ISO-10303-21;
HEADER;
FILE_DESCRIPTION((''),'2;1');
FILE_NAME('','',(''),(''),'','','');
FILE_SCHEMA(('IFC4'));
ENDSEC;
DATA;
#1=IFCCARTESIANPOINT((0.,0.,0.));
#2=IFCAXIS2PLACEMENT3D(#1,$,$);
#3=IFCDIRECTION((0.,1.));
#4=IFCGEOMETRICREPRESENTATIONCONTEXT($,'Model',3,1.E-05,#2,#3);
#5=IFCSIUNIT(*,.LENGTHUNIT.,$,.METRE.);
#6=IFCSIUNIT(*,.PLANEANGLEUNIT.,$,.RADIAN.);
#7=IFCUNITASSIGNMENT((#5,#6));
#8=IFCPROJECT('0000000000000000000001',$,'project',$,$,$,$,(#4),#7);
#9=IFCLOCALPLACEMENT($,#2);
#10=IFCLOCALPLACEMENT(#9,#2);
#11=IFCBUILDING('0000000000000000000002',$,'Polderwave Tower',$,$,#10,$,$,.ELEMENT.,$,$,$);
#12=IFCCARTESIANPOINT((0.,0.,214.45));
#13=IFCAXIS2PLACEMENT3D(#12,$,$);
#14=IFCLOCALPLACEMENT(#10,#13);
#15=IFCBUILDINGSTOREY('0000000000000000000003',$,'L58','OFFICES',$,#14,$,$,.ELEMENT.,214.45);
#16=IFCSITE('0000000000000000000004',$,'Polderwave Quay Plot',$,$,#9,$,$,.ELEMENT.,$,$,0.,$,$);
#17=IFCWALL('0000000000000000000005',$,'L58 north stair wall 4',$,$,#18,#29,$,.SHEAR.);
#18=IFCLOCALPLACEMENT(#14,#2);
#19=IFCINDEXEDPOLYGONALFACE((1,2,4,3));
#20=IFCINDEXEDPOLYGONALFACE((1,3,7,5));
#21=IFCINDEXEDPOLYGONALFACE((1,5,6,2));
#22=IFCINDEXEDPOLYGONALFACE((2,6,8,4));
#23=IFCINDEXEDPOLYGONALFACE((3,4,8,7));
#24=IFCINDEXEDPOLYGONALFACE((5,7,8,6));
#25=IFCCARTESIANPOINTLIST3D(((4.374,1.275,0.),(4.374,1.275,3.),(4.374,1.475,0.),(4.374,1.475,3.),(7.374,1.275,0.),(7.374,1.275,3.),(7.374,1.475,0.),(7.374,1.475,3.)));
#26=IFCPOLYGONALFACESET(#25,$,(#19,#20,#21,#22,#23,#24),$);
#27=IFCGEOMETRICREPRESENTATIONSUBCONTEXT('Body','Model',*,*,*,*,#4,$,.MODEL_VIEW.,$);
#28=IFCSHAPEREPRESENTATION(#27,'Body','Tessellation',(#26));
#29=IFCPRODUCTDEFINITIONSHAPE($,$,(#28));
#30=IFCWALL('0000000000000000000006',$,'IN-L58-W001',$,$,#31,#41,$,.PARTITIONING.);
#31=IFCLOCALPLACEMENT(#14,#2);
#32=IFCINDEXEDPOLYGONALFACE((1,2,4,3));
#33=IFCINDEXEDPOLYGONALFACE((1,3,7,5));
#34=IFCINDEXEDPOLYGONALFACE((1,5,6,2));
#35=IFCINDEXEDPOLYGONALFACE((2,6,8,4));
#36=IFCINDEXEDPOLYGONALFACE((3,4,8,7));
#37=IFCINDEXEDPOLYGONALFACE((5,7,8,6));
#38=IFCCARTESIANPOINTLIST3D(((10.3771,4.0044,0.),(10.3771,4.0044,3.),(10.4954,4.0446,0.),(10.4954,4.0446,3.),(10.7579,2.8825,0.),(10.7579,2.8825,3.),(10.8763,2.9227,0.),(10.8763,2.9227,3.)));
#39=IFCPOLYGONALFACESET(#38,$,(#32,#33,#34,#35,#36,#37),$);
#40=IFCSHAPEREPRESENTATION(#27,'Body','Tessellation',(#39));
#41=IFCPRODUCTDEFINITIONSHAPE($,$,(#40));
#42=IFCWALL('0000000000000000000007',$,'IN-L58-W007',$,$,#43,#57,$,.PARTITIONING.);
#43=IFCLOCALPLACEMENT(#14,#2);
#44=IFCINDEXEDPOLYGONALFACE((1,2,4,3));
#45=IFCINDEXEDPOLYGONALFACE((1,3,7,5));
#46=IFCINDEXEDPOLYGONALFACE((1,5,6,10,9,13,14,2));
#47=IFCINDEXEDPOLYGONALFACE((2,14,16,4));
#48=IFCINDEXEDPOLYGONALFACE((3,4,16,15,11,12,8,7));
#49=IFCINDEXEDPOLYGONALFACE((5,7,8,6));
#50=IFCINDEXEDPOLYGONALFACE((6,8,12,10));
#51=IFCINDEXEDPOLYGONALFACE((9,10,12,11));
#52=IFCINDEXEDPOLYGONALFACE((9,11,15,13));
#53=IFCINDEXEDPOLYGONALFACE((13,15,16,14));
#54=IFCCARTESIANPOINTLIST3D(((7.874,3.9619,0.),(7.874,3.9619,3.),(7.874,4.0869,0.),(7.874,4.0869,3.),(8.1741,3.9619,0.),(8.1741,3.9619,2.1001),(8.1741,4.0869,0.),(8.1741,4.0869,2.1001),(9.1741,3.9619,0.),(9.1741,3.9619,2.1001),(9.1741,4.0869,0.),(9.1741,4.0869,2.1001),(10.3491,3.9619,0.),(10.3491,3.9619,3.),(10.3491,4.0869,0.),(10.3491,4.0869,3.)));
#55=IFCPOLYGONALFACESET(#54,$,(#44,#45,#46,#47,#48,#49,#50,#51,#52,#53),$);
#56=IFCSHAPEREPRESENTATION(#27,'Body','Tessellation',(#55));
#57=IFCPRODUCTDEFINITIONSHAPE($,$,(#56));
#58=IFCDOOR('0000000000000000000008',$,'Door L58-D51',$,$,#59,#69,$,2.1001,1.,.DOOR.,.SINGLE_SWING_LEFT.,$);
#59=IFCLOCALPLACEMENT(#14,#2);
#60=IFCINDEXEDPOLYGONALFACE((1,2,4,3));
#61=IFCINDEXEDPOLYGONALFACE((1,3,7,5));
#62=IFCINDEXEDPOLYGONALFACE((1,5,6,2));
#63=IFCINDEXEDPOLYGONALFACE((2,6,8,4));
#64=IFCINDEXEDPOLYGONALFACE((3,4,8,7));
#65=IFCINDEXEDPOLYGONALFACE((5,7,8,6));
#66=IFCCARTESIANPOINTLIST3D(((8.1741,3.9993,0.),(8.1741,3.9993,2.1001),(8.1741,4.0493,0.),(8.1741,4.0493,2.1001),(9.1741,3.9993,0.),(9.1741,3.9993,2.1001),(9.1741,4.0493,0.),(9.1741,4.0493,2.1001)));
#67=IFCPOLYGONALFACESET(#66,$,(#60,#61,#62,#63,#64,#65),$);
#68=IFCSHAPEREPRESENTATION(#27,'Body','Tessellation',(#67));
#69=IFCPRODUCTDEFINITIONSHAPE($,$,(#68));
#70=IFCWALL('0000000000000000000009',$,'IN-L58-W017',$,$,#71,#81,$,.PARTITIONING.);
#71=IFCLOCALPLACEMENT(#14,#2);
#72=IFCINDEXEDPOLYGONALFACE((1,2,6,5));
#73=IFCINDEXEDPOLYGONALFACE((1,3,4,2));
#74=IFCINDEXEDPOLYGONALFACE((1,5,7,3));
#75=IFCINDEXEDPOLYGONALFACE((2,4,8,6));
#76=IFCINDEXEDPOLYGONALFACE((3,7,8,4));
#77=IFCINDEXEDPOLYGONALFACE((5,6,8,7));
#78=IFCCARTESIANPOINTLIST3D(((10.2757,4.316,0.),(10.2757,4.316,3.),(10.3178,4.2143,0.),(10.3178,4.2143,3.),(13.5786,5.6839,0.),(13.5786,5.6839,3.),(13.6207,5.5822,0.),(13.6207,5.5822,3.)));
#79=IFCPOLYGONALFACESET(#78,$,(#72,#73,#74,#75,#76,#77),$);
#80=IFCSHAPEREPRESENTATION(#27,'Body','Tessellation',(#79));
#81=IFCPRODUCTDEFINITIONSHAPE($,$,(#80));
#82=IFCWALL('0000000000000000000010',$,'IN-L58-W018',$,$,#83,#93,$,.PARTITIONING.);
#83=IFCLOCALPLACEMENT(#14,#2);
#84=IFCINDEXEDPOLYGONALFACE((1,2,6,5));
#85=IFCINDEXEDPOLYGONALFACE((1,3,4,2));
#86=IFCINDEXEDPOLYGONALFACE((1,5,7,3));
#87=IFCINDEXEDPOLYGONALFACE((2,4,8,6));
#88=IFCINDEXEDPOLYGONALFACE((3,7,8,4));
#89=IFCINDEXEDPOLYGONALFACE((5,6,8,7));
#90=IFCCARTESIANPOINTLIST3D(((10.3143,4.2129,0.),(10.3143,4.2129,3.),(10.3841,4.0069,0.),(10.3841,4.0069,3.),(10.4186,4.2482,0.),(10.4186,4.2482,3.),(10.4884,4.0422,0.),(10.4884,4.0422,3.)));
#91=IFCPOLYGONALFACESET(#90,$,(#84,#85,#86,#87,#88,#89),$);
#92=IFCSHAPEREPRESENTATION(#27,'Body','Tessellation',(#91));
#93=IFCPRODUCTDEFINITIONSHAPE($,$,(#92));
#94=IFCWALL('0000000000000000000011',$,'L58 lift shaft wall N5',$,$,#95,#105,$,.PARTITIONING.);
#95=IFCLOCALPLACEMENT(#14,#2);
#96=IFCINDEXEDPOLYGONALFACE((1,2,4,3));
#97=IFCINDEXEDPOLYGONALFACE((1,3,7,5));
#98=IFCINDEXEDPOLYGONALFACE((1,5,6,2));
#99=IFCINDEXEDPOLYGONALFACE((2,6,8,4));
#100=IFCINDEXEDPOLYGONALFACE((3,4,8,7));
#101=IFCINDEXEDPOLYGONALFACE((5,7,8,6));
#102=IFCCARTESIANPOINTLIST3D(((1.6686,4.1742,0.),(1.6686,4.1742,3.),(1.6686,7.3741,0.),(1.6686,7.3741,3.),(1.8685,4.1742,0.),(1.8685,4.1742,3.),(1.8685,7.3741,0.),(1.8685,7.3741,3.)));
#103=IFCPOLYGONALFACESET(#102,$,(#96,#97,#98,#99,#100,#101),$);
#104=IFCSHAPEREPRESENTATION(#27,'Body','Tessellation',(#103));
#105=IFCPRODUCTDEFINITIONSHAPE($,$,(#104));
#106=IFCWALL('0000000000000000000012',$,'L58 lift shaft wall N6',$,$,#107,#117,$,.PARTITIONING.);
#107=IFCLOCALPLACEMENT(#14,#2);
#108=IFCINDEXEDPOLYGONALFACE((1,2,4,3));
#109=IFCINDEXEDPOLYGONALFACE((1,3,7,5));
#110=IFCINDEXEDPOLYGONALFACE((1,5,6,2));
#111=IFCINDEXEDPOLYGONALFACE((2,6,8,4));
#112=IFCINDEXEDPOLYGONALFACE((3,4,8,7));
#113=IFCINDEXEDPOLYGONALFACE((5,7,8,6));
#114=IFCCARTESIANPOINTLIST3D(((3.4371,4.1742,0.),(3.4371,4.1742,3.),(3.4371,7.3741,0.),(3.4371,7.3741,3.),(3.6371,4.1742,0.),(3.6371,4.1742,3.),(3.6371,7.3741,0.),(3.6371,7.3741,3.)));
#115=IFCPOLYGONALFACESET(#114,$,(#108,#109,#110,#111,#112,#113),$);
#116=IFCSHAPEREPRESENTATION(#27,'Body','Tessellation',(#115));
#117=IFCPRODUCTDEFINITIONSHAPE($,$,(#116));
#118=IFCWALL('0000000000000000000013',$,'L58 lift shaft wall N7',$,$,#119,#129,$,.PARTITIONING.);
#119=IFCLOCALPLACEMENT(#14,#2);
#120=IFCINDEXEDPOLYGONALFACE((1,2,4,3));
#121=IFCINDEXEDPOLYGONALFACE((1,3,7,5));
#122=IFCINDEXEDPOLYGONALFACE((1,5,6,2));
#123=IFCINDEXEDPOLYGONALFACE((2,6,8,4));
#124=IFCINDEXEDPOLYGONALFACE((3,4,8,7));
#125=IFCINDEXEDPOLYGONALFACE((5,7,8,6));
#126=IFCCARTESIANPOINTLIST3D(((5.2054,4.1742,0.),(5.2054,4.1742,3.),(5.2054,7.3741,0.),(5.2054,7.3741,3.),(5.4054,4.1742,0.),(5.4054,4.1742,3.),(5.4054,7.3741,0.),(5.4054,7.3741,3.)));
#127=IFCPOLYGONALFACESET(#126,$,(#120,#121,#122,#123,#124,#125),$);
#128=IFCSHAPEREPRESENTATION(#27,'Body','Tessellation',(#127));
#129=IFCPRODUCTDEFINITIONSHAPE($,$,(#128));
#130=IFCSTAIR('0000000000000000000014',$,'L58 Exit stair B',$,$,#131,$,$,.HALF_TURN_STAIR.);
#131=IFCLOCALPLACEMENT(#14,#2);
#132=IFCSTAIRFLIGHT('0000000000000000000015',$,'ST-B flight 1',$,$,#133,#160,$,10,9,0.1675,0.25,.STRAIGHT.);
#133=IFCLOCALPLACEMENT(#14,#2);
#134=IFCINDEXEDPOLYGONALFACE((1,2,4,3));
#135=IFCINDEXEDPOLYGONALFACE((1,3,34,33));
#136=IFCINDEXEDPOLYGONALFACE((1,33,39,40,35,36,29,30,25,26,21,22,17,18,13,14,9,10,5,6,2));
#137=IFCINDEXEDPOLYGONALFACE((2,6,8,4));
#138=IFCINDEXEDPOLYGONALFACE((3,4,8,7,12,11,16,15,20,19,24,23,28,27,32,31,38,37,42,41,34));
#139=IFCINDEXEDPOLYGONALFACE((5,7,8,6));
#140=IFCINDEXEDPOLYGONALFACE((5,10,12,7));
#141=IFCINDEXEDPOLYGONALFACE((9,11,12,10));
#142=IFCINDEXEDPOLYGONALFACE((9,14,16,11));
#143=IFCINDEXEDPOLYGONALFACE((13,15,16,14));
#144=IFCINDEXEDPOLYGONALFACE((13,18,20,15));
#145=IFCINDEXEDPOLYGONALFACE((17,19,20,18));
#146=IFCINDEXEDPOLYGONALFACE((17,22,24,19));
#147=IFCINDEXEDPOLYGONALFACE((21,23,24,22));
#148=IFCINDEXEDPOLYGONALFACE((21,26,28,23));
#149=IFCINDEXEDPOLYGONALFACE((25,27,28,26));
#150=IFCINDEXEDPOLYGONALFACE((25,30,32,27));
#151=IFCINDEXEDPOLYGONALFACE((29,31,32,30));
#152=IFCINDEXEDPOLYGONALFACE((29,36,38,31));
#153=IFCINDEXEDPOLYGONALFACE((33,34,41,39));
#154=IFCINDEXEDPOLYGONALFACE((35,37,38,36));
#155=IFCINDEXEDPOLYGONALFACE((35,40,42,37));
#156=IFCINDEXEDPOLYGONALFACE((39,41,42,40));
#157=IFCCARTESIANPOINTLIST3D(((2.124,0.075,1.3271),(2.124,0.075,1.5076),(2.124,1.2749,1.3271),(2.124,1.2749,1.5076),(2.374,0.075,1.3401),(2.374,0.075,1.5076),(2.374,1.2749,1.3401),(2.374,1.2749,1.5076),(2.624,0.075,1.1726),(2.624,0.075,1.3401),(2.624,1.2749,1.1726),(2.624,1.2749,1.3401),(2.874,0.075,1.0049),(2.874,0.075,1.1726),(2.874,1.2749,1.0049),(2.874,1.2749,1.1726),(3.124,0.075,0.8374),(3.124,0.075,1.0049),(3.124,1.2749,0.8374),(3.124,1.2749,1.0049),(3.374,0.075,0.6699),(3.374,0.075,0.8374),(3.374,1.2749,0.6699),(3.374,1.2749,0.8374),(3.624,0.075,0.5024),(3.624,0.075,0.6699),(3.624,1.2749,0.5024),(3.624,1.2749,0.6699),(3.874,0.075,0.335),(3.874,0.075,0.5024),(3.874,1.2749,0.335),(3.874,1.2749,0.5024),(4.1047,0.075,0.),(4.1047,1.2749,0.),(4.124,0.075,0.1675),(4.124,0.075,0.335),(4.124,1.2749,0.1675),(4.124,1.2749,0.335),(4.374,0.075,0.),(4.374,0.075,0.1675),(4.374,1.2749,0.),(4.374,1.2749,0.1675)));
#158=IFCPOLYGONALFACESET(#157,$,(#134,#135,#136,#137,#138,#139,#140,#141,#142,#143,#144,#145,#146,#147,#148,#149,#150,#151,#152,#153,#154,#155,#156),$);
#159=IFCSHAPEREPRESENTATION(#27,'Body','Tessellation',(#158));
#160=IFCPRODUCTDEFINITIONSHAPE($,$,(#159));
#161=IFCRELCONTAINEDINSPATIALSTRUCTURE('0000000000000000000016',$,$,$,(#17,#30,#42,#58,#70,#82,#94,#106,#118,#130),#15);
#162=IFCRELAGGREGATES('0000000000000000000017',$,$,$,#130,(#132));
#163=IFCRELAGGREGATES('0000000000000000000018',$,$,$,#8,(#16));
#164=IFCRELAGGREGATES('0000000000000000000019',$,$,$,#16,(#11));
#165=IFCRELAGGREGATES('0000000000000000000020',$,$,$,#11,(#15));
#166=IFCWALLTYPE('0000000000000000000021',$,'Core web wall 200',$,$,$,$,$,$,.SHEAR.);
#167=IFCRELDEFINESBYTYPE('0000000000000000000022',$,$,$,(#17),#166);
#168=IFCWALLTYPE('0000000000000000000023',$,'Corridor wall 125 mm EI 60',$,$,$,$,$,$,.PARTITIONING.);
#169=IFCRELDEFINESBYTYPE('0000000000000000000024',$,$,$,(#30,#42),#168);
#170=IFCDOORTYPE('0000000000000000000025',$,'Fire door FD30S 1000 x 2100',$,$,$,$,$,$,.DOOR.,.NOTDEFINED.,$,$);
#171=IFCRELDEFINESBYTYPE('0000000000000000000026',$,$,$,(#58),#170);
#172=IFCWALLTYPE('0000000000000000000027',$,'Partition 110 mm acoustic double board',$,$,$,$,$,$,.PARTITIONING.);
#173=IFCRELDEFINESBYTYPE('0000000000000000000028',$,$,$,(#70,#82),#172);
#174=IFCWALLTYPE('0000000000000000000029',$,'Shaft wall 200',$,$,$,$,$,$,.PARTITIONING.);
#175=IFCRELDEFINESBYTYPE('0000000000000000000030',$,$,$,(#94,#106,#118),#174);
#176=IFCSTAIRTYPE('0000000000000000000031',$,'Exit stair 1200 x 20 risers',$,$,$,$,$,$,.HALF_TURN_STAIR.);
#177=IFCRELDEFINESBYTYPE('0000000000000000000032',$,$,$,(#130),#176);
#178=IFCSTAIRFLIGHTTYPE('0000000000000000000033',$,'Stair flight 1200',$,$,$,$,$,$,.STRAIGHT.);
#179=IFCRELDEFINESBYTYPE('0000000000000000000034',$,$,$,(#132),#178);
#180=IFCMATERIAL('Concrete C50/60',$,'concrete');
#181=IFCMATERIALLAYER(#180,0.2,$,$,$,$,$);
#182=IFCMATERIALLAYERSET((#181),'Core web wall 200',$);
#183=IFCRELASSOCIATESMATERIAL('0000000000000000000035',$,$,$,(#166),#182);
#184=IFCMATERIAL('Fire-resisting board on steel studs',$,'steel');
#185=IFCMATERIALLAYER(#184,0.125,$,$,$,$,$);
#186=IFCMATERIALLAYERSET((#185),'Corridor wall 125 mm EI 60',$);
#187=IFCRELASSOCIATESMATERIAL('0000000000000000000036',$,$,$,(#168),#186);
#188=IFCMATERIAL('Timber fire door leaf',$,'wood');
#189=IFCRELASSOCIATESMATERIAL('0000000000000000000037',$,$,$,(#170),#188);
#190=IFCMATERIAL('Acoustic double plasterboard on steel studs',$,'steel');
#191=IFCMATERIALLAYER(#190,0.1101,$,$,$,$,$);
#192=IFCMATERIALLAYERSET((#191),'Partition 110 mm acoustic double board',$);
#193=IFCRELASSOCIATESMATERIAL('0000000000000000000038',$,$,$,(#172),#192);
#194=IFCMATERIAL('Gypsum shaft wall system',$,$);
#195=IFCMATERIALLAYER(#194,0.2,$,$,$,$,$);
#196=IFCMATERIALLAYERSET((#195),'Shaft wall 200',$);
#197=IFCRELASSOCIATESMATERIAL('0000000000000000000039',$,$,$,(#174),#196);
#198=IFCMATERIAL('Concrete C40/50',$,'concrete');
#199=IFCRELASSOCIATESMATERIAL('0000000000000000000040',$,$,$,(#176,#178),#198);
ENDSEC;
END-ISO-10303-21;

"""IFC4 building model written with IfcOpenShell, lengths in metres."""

from ifc_helpers import new_model, si_unit, direction, frame, frame_2d, origin, place, context, subcontext, project, spatial, polyline, rectangle, outline, extrude, material, layer, layer_set, type_object, element, fill, aggregate, save


model = new_model("IFC4")

# Units and contexts
model_context = context("Model", 3, precision=1e-05, world=origin(), true_north=direction((0.0, 1.0)))
body_context = subcontext(model_context, "Body", "Model", "MODEL_VIEW")
ifc_project = project(units=[si_unit("LENGTHUNIT", "METRE"), si_unit("PLANEANGLEUNIT", "RADIAN")], contexts=[model_context])

# Site, building, storey
site_placement = place(None, origin())
site = spatial("IfcSite", under=ifc_project, at=site_placement, Name="Polderwave Quay Plot", CompositionType="ELEMENT", RefElevation=0.0)
building_placement = place(site_placement, origin())
building = spatial("IfcBuilding", under=site, at=building_placement, Name="Polderwave Tower", CompositionType="ELEMENT")
storey_placement = place(building_placement, frame((0.0, 0.0, 214.45)))
storey = spatial("IfcBuildingStorey", under=building, at=storey_placement, Name="L58", Description="OFFICES", CompositionType="ELEMENT", Elevation=214.45)

# Walls
ifc_material_1 = material(Name="Concrete C50/60", Category="concrete")
ifc_layer_1 = layer(ifc_material_1, 0.2)
ifc_layer_set_1 = layer_set([ifc_layer_1], Name="Core web wall 200")
wall_type_1 = type_object("IfcWallType", Name="Core web wall 200", PredefinedType="SHEAR", material=ifc_layer_set_1)
wall_1_placement = place(storey_placement, frame((4.374, 1.375, 0.0), z_axis=(0.0, 0.0, 1.0), x_axis=(1.0, 0.0, 0.0)))
element("IfcWall", 1, at=wall_1_placement, inside=storey, type_object=wall_type_1, Name="L58 north stair wall 4", PredefinedType="SHEAR", context=body_context, shape_type="SweptSolid", body=[
    extrude(rectangle(XDim=3.0, YDim=0.2, at=frame_2d((1.5, 0.0))), origin(), (0.0, 0.0, 1.0), 3.0),
])
ifc_material_2 = material(Name="Fire-resisting board on steel studs", Category="steel")
ifc_layer_2 = layer(ifc_material_2, 0.125)
ifc_layer_set_2 = layer_set([ifc_layer_2], Name="Corridor wall 125 mm EI 60")
wall_type_2 = type_object("IfcWallType", Name="Corridor wall 125 mm EI 60", PredefinedType="PARTITIONING", material=ifc_layer_set_2)
wall_2_placement = place(storey_placement, frame((10.4363, 4.0244, 0.0), z_axis=(0.0, 0.0, 1.0), x_axis=(0.321478, -0.946917, 0.0)))
element("IfcWall", 2, at=wall_2_placement, inside=storey, type_object=wall_type_2, Name="IN-L58-W001", PredefinedType="PARTITIONING", context=body_context, shape_type="SweptSolid", body=[
    extrude(rectangle(XDim=1.1848, YDim=0.125, at=frame_2d((0.5923, 0.0))), origin(), (0.0, 0.0, 1.0), 3.0),
])

# Wall, opening, door
wall_3_placement = place(storey_placement, frame((7.874, 4.0244, 0.0), z_axis=(0.0, 0.0, 1.0), x_axis=(1.0, 0.0, 0.0)))
wall_3 = element("IfcWall", 3, at=wall_3_placement, inside=storey, type_object=wall_type_2, Name="IN-L58-W007", PredefinedType="PARTITIONING", context=body_context, shape_type="SweptSolid", body=[
    extrude(rectangle(XDim=2.4751, YDim=0.125, at=frame_2d((1.2375, 0.0))), origin(), (0.0, 0.0, 1.0), 3.0),
])
opening_placement = place(wall_3_placement, frame((0.3, 0.0, 0.0)))
opening = element("IfcOpeningElement", 4, at=opening_placement, cuts=wall_3, PredefinedType="OPENING", context=body_context, shape_type="SweptSolid", body=[
    extrude(rectangle(XDim=1.0, YDim=2.1001, at=frame_2d((0.5, 1.05))), frame((0.0, 0.0725, 0.0), z_axis=(0.0, -1.0, 0.0), x_axis=(1.0, 0.0, 0.0)), (0.0, 0.0, 1.0), 0.145),
])
ifc_material_3 = material(Name="Timber fire door leaf", Category="wood")
door_type = type_object("IfcDoorType", Name="Fire door FD30S 1000 x 2100", OperationType="NOTDEFINED", PredefinedType="DOOR", material=ifc_material_3)
door_placement = place(opening_placement, origin())
door = element("IfcDoor", 5, at=door_placement, inside=storey, type_object=door_type, Name="Door L58-D51", OperationType="SINGLE_SWING_LEFT", OverallHeight=2.1001, OverallWidth=1.0, PredefinedType="DOOR", context=body_context, shape_type="SweptSolid", body=[
    extrude(rectangle(XDim=1.0, YDim=2.1001, at=frame_2d((0.5, 1.05))), frame((0.0, 0.0249, 0.0), z_axis=(0.0, -1.0, 0.0), x_axis=(1.0, 0.0, 0.0)), (0.0, 0.0, 1.0), 0.05),
])
fill(opening, door)

# Walls
ifc_material_4 = material(Name="Acoustic double plasterboard on steel studs", Category="steel")
ifc_layer_3 = layer(ifc_material_4, 0.1101)
ifc_layer_set_3 = layer_set([ifc_layer_3], Name="Partition 110 mm acoustic double board")
wall_type_3 = type_object("IfcWallType", Name="Partition 110 mm acoustic double board", PredefinedType="PARTITIONING", material=ifc_layer_set_3)
wall_4_placement = place(storey_placement, frame((10.2966, 4.2651, 0.0), z_axis=(0.0, 0.0, 1.0), x_axis=(0.923901, 0.382631, 0.0)))
element("IfcWall", 6, at=wall_4_placement, inside=storey, type_object=wall_type_3, Name="IN-L58-W017", PredefinedType="PARTITIONING", context=body_context, shape_type="SweptSolid", body=[
    extrude(rectangle(XDim=3.575, YDim=0.1101, at=frame_2d((1.7876, 0.0))), origin(), (0.0, 0.0, 1.0), 3.0),
])
wall_5_placement = place(storey_placement, frame((10.4363, 4.0244, 0.0), z_axis=(0.0, 0.0, 1.0), x_axis=(-0.320937, 0.947101, 0.0)))
element("IfcWall", 7, at=wall_5_placement, inside=storey, type_object=wall_type_3, Name="IN-L58-W018", PredefinedType="PARTITIONING", context=body_context, shape_type="SweptSolid", body=[
    extrude(rectangle(XDim=0.2175, YDim=0.1101, at=frame_2d((0.1089, 0.0))), origin(), (0.0, 0.0, 1.0), 3.0),
])
ifc_material_5 = material(Name="Gypsum shaft wall system")
ifc_layer_4 = layer(ifc_material_5, 0.2)
ifc_layer_set_4 = layer_set([ifc_layer_4], Name="Shaft wall 200")
wall_type_4 = type_object("IfcWallType", Name="Shaft wall 200", PredefinedType="PARTITIONING", material=ifc_layer_set_4)
for number, where, z_axis, x_axis, name in (
    (8, (1.7686, 4.1741, 0.0), (0.0, 0.0, 1.0), (0.0, 1.0, 0.0), "L58 lift shaft wall N5"),
    (9, (3.5371, 4.1741, 0.0), (0.0, 0.0, 1.0), (0.0, 1.0, 0.0), "L58 lift shaft wall N6"),
    (10, (5.3054, 4.1741, 0.0), (0.0, 0.0, 1.0), (0.0, 1.0, 0.0), "L58 lift shaft wall N7"),
):
    element("IfcWall", number, at=place(storey_placement, frame(where, z_axis=z_axis, x_axis=x_axis)), inside=storey, type_object=wall_type_4, Name=name, PredefinedType="PARTITIONING", context=body_context, shape_type="SweptSolid", body=[
        extrude(rectangle(XDim=3.2, YDim=0.2, at=frame_2d((1.6001, 0.0))), origin(), (0.0, 0.0, 1.0), 3.0),
    ])

# Stair, stair flight
ifc_material_6 = material(Name="Concrete C40/50", Category="concrete")
stair_type = type_object("IfcStairType", Name="Exit stair 1200 x 20 risers", PredefinedType="HALF_TURN_STAIR", material=ifc_material_6)
stair_placement = place(storey_placement, origin())
stair = element("IfcStair", 11, at=stair_placement, inside=storey, type_object=stair_type, Name="L58 Exit stair B", PredefinedType="HALF_TURN_STAIR")
stair_flight_type = type_object("IfcStairFlightType", Name="Stair flight 1200", PredefinedType="STRAIGHT", material=ifc_material_6)
stair_flight_placement = place(storey_placement, frame((4.374, 0.675, 0.0), z_axis=(0.0, 0.0, 1.0), x_axis=(-1.0, 0.0, 0.0)))
stair_flight = element("IfcStairFlight", 12, at=stair_flight_placement, type_object=stair_flight_type, Name="ST-B flight 1", NumberOfRisers=10, NumberOfTreads=9, PredefinedType="STRAIGHT", RiserHeight=0.1675, TreadLength=0.25, context=body_context, shape_type="SweptSolid", body=[
    extrude(outline(polyline([(0.0, 0.0), (0.0, 0.1675), (0.25, 0.1675), (0.25, 0.335), (0.5, 0.335), (0.5, 0.5024), (0.75, 0.5024), (0.75, 0.6699), (1.0, 0.6699), (1.0, 0.8374), (1.25, 0.8374), (1.25, 1.0049), (1.5, 1.0049), (1.5, 1.1726), (1.75, 1.1726), (1.75, 1.3401), (2.0, 1.3401), (2.0, 1.5076), (2.25, 1.5076), (2.25, 1.675), (2.25, 1.3271), (0.2693, 0.0), (0.0, 0.0)])), frame((0.0, 0.6001, 0.0), z_axis=(0.0, -1.0, 0.0), x_axis=(1.0, 0.0, 0.0)), (0.0, 0.0, 1.0), 1.2),
])
aggregate(stair, [stair_flight])

save(model, "model.ifc")
